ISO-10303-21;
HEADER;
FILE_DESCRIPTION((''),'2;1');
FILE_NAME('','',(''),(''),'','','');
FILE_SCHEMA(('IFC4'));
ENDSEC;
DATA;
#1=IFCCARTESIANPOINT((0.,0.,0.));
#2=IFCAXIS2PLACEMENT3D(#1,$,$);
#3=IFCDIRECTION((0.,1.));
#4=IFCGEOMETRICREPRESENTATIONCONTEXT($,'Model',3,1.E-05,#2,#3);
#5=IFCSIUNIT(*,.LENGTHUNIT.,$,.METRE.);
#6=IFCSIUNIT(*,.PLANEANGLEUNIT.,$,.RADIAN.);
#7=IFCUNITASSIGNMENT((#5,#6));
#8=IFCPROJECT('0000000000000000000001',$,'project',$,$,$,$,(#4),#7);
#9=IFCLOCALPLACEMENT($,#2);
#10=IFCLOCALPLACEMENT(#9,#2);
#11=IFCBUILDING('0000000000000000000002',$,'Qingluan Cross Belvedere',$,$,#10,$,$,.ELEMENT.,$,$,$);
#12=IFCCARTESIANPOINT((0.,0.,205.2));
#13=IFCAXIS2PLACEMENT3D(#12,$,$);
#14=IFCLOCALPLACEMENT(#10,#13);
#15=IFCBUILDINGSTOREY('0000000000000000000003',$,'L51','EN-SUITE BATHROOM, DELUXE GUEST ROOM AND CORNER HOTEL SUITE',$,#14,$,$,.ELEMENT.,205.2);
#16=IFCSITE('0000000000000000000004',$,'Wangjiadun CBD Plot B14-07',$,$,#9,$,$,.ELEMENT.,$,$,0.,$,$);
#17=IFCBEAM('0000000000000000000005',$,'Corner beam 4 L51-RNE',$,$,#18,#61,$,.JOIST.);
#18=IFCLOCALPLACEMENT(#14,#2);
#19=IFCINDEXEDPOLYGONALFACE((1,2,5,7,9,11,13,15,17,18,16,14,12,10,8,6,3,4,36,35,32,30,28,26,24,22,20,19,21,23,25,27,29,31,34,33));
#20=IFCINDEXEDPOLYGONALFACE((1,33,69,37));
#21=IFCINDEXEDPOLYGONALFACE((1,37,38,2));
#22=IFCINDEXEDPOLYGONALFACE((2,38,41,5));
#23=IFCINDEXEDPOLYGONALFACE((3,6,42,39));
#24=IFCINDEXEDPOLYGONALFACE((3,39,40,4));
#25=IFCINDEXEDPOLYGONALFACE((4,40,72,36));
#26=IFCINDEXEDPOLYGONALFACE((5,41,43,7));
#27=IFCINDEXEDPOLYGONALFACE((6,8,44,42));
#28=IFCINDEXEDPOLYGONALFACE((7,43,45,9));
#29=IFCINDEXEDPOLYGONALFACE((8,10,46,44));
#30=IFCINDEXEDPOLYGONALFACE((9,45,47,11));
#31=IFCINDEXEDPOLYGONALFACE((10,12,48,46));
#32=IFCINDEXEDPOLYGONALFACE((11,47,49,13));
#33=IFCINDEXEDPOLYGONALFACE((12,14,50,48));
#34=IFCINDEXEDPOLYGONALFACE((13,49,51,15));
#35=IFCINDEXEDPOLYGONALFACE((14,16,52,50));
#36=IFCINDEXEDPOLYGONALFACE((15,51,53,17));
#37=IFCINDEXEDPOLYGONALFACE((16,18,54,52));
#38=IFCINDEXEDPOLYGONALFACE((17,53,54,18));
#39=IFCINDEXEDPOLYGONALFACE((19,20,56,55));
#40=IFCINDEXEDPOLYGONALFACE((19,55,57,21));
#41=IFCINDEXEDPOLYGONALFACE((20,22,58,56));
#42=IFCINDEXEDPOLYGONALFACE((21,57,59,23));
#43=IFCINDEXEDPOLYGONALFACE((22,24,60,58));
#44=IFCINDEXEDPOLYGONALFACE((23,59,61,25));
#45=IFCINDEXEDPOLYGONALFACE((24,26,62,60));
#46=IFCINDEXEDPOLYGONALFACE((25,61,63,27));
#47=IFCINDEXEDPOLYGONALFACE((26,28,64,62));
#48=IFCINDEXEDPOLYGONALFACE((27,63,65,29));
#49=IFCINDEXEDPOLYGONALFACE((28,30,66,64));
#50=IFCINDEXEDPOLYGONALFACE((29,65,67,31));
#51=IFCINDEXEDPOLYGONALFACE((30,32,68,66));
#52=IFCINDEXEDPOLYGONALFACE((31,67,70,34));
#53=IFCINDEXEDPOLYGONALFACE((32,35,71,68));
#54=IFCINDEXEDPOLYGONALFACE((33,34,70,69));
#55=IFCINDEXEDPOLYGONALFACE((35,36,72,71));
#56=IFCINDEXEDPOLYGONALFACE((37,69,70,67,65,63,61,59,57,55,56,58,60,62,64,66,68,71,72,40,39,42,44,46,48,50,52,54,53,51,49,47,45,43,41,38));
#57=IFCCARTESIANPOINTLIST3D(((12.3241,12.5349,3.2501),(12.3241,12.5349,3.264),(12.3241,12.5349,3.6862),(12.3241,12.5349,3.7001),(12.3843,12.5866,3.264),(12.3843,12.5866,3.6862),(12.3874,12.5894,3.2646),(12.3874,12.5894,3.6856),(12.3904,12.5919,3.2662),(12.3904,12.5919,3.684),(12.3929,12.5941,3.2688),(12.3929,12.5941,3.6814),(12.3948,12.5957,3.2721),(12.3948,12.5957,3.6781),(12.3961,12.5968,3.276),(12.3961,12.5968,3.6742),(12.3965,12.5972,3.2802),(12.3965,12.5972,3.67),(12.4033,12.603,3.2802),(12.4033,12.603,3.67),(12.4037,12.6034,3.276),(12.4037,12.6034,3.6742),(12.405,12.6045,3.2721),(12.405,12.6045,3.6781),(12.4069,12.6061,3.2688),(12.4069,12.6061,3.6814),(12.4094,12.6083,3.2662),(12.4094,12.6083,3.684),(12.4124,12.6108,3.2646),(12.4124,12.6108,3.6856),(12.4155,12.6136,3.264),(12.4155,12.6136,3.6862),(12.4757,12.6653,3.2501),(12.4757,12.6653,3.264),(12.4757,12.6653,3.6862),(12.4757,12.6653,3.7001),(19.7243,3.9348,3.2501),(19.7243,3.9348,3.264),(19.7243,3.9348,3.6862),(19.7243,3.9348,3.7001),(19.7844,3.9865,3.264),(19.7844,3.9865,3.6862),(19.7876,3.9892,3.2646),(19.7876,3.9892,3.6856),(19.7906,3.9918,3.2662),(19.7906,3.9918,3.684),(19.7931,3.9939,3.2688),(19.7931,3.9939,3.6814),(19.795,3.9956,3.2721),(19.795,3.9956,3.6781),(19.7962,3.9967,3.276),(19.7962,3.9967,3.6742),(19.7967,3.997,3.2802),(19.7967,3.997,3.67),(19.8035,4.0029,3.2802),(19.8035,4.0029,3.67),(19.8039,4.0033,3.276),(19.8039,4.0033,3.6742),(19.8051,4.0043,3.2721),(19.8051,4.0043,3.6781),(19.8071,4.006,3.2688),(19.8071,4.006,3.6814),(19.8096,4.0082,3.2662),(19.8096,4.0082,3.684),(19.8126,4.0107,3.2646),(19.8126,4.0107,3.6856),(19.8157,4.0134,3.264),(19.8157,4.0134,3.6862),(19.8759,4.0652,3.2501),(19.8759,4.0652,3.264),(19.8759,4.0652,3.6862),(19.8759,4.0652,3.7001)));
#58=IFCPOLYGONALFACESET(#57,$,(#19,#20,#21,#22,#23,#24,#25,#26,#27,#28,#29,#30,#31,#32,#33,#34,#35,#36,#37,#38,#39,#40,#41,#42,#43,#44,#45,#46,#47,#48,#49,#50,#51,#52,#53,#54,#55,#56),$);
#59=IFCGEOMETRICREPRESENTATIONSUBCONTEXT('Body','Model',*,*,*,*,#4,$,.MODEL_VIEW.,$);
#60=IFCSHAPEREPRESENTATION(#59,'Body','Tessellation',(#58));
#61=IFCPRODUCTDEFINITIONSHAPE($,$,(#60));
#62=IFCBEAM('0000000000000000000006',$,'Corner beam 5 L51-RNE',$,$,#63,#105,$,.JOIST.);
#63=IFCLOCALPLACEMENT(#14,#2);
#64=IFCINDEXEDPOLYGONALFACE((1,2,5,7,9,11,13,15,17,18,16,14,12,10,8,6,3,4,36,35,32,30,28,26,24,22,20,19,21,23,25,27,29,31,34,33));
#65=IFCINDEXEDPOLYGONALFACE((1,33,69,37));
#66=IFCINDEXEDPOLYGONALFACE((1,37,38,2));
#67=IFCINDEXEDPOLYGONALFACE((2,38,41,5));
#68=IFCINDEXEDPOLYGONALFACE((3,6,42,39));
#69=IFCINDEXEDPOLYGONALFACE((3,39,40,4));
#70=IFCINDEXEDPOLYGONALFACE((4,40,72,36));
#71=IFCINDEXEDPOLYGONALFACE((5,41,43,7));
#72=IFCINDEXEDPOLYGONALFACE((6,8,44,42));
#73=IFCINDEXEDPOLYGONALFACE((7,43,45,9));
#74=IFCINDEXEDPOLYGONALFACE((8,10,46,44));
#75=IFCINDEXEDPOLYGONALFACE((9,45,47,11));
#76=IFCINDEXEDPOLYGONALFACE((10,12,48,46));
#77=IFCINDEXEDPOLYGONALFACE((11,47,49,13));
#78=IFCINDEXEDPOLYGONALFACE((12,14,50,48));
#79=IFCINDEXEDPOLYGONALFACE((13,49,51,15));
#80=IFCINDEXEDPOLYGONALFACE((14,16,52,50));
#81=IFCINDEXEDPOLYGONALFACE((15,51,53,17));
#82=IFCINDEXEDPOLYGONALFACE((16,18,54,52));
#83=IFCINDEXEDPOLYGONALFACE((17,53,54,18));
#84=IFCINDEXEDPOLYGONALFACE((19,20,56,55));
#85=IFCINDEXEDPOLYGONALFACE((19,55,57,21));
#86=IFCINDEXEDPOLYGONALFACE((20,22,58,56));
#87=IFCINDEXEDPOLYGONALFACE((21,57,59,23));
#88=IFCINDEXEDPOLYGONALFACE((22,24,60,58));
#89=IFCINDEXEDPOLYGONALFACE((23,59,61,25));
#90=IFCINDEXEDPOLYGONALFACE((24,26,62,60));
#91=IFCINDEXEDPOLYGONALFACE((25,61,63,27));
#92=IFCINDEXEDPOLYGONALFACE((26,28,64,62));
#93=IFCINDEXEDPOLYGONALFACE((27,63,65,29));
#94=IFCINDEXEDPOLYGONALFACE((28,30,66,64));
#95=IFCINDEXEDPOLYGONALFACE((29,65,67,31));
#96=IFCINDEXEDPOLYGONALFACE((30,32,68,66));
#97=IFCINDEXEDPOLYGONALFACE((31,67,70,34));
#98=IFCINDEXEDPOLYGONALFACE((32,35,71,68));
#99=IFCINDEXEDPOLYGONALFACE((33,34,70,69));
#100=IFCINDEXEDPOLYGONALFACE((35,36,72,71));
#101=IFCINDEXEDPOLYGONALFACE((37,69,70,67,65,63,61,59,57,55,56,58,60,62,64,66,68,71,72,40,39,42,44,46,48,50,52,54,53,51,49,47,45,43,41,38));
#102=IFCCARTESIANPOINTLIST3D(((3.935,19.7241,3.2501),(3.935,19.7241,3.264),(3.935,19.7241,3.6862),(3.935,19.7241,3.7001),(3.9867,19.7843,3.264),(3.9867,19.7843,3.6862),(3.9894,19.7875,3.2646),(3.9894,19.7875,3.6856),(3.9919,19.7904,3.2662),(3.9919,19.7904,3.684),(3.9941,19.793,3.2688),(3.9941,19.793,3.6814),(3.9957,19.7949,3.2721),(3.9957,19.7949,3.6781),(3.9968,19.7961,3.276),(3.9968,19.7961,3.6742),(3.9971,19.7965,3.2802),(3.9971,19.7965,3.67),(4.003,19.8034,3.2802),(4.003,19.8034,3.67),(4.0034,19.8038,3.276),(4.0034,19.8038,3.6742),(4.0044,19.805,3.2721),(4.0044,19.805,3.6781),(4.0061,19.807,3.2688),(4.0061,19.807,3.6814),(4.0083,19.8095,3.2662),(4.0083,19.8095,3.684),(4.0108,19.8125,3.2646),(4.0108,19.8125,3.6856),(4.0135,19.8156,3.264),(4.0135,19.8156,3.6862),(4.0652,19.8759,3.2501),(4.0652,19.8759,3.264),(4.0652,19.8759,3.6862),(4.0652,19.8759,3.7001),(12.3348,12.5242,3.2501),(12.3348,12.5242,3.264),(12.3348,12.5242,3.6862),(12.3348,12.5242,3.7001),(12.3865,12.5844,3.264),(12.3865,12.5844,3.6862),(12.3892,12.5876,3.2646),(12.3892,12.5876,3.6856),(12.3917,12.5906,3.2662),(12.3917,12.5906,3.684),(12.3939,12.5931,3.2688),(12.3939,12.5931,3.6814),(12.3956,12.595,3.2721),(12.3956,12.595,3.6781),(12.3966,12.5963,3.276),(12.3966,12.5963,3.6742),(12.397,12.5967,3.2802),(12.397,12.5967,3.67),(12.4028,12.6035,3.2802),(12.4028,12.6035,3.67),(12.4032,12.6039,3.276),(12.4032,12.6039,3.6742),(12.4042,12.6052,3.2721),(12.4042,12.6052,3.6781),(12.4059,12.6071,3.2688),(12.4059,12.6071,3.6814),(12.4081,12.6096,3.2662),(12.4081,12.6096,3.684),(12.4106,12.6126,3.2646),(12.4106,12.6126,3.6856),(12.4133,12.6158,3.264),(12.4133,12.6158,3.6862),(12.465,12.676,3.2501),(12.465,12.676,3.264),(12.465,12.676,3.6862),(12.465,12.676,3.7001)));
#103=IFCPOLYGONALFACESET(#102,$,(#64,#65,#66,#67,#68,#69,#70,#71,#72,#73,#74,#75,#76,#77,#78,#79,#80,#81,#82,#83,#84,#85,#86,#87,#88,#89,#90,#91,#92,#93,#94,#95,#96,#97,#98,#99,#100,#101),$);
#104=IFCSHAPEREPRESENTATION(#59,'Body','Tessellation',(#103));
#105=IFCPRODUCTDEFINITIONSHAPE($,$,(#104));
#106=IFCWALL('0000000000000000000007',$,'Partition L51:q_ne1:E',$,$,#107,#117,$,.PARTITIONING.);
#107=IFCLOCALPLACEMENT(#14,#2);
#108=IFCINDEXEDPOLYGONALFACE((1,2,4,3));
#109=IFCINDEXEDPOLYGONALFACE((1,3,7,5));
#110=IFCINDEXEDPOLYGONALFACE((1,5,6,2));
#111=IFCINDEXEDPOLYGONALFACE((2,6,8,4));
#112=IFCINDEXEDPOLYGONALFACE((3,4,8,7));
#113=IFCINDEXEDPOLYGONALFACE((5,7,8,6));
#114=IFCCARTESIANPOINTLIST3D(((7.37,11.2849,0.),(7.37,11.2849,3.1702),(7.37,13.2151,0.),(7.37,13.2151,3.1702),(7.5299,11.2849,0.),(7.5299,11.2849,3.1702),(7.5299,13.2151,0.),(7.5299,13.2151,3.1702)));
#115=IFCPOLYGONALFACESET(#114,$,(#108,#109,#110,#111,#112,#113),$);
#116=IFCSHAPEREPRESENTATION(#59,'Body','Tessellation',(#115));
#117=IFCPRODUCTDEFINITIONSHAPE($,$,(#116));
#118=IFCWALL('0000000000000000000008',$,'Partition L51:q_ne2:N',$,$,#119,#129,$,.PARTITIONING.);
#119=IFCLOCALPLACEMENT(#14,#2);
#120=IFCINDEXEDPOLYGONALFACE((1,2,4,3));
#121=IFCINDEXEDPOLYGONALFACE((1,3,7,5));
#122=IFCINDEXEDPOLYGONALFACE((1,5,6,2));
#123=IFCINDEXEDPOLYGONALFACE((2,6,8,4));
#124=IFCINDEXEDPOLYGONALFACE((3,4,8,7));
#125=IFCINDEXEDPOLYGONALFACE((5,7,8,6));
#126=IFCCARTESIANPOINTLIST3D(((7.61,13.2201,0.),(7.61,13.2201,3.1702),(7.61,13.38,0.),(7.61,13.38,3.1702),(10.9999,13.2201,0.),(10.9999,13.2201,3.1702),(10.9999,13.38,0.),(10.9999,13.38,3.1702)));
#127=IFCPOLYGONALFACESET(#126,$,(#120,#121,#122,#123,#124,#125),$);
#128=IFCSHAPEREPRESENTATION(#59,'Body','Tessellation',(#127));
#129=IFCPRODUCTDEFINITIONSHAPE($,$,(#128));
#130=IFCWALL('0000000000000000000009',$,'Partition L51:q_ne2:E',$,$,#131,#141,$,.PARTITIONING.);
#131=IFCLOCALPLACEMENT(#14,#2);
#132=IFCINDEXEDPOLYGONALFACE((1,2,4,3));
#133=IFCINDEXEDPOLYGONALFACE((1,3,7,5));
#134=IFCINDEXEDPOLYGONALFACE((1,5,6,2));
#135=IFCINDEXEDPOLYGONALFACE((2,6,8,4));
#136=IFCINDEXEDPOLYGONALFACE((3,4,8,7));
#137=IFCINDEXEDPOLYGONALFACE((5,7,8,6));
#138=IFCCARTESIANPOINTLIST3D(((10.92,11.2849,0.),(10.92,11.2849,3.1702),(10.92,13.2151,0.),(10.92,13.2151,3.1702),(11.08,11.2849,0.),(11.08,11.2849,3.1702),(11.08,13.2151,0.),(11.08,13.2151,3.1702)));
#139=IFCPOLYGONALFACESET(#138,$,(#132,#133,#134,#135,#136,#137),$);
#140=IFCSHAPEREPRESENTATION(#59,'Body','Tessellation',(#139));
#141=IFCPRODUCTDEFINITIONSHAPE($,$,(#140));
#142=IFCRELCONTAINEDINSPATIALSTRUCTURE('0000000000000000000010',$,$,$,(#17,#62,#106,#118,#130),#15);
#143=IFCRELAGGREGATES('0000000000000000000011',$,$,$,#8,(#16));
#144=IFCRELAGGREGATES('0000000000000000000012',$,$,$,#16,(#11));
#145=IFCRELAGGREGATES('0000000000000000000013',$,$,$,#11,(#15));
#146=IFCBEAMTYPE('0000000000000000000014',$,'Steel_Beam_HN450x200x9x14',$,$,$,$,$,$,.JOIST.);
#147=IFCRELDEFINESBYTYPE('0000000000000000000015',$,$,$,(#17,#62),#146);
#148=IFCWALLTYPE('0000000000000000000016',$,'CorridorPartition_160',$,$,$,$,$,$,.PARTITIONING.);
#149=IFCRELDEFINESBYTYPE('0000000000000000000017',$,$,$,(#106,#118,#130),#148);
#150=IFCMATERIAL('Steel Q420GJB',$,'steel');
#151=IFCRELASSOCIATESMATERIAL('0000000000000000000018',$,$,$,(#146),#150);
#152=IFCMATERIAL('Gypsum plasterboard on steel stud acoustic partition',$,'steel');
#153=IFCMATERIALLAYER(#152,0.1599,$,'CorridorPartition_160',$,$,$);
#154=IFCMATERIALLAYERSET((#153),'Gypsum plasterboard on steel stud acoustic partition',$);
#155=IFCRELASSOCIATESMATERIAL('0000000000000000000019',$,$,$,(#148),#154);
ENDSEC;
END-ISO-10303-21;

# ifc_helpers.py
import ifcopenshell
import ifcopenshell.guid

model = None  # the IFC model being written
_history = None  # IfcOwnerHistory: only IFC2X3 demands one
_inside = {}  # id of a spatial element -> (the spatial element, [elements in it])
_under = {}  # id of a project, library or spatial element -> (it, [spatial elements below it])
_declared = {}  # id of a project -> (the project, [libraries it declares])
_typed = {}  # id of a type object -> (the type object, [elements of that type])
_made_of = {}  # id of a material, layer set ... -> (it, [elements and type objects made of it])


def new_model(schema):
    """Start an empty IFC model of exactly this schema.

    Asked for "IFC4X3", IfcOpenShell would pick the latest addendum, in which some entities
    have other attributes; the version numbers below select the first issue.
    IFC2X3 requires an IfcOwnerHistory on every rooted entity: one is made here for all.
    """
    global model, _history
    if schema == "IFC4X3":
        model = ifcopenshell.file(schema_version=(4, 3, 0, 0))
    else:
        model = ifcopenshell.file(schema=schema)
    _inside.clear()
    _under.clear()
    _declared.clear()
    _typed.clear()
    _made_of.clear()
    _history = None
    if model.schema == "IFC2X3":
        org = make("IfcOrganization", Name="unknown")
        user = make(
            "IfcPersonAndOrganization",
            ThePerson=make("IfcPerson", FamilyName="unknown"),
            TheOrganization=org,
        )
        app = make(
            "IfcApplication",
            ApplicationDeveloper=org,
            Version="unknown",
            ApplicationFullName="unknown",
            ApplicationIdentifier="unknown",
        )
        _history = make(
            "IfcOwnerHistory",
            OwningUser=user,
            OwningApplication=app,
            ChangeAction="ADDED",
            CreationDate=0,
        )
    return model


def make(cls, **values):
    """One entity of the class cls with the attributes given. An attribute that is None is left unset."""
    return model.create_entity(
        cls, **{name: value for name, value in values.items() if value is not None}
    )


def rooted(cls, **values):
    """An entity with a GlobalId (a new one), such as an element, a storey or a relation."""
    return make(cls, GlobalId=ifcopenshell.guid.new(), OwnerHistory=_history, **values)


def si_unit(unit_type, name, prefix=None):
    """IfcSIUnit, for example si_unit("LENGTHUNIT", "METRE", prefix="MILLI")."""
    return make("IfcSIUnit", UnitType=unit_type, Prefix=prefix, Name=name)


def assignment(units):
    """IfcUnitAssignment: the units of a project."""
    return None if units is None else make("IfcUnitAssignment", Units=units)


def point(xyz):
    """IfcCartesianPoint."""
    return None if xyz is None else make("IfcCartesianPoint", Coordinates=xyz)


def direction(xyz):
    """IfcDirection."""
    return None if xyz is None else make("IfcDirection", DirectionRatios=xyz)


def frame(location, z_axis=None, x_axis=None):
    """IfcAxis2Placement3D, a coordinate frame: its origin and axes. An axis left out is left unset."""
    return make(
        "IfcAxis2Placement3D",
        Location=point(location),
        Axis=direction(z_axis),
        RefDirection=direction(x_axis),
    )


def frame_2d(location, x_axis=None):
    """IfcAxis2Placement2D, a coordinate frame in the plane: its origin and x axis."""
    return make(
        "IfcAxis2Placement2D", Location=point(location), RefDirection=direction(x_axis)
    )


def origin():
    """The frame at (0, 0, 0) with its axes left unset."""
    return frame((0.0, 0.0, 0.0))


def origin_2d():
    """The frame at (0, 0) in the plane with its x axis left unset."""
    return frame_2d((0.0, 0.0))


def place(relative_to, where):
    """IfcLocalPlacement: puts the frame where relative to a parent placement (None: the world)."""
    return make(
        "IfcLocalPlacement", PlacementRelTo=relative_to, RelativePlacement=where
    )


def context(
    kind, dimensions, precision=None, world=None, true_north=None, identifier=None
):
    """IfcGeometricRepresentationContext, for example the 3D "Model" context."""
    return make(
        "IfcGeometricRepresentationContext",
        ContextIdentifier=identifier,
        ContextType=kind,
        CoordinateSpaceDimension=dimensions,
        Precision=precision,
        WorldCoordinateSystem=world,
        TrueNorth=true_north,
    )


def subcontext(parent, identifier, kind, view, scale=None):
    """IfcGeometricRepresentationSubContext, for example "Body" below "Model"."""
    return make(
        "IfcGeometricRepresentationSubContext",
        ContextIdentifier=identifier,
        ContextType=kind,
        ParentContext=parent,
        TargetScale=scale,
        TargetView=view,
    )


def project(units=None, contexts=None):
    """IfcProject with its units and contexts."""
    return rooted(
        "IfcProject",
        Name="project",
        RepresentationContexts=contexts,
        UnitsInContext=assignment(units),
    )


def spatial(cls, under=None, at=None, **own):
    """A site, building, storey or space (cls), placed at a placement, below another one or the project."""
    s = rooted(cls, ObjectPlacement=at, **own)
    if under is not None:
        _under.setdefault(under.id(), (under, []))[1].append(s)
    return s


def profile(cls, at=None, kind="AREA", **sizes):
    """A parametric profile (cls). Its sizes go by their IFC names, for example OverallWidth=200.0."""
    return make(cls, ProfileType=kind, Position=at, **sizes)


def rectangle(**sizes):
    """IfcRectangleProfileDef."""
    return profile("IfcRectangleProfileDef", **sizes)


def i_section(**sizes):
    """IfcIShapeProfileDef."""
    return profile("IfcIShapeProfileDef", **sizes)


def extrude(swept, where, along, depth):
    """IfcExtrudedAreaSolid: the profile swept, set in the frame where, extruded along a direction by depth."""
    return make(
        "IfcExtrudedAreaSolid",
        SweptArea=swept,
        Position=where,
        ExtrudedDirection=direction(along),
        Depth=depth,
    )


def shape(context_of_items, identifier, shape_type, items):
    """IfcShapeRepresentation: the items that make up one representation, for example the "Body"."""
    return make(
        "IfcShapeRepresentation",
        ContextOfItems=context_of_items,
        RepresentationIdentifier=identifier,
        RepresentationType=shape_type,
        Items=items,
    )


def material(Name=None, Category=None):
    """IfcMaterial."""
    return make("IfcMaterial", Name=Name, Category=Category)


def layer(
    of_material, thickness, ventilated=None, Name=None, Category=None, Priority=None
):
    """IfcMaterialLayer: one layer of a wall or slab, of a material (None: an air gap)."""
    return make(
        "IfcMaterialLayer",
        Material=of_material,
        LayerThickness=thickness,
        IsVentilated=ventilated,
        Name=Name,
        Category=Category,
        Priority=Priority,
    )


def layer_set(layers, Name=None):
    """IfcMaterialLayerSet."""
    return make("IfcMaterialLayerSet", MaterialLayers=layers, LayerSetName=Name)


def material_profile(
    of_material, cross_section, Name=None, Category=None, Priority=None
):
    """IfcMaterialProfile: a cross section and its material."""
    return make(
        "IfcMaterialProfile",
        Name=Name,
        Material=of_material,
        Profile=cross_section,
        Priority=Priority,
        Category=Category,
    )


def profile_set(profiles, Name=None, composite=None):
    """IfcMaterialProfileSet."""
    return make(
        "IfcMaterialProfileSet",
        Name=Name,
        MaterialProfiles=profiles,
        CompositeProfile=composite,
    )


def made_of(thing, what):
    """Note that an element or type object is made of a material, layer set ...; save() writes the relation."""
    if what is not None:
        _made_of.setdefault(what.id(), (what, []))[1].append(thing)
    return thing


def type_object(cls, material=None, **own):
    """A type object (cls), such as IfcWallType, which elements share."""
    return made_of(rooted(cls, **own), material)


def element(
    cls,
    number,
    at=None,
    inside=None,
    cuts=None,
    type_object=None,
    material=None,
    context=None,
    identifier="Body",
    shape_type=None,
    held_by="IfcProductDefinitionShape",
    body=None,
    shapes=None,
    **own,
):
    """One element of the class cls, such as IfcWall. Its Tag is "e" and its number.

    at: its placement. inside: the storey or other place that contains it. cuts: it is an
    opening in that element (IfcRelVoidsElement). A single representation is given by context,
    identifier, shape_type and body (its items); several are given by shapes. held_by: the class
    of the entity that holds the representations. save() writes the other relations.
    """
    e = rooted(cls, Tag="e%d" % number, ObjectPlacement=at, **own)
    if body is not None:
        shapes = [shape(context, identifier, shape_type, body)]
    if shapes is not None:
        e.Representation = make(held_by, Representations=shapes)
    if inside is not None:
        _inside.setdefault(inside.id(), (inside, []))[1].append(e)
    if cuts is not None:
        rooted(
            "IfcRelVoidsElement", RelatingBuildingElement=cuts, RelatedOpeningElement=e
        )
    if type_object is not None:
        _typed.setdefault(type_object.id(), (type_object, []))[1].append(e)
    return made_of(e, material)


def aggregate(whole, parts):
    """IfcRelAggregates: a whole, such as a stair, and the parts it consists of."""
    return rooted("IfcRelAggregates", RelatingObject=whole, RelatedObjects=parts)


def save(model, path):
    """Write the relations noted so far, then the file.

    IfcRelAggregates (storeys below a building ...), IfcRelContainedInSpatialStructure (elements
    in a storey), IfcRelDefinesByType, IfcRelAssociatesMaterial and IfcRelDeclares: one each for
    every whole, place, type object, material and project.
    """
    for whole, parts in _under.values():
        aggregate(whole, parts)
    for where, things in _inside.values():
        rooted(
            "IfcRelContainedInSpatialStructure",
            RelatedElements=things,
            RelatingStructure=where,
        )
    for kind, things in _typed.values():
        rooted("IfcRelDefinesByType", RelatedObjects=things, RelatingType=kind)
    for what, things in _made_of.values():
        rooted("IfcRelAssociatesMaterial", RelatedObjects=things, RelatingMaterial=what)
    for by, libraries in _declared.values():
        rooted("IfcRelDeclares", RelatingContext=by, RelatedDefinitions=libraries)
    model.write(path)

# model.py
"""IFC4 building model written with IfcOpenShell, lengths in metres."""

from ifc_helpers import new_model, si_unit, direction, frame, frame_2d, origin, origin_2d, place, context, subcontext, project, spatial, rectangle, i_section, extrude, material, layer, layer_set, material_profile, profile_set, type_object, element, save


model = new_model("IFC4")

# Units and contexts
model_context = context("Model", 3, precision=1e-05, world=origin(), true_north=direction((0.0, 1.0)))
body_context = subcontext(model_context, "Body", "Model", "MODEL_VIEW")
ifc_project = project(units=[si_unit("LENGTHUNIT", "METRE"), si_unit("PLANEANGLEUNIT", "RADIAN")], contexts=[model_context])

# Site, building, storey
site_placement = place(None, origin())
site = spatial("IfcSite", under=ifc_project, at=site_placement, Name="Wangjiadun CBD Plot B14-07", CompositionType="ELEMENT", RefElevation=0.0)
building_placement = place(site_placement, origin())
building = spatial("IfcBuilding", under=site, at=building_placement, Name="Qingluan Cross Belvedere", CompositionType="ELEMENT")
storey_placement = place(building_placement, frame((0.0, 0.0, 205.2)))
storey = spatial("IfcBuildingStorey", under=building, at=storey_placement, Name="L51", Description="EN-SUITE BATHROOM, DELUXE GUEST ROOM AND CORNER HOTEL SUITE", CompositionType="ELEMENT", Elevation=205.2)

# Beams
ifc_material_1 = material(Name="Steel Q420GJB", Category="steel")
ifc_material_profile_1 = material_profile(ifc_material_1, i_section(OverallWidth=0.2, OverallDepth=0.45, WebThickness=0.009, FlangeThickness=0.0139, FilletRadius=0.0161, at=origin_2d()), Name="HN450x200x9x14")
ifc_profile_set_1 = profile_set([ifc_material_profile_1], Name="Steel Q420GJB")
beam_type = type_object("IfcBeamType", Name="Steel_Beam_HN450x200x9x14", PredefinedType="JOIST", material=ifc_profile_set_1)
beam_1_placement = place(storey_placement, frame((12.3999, 12.6001, 3.4751), z_axis=(0.652245, -0.758008, 0.0), x_axis=(0.758008, 0.652245, 0.0)))
element("IfcBeam", 1, at=beam_1_placement, inside=storey, type_object=beam_type, Name="Corner beam 4 L51-RNE", PredefinedType="JOIST", context=body_context, shape_type="SweptSolid", body=[
    extrude(i_section(OverallWidth=0.2, OverallDepth=0.45, WebThickness=0.009, FlangeThickness=0.0139, FilletRadius=0.0161, at=origin_2d()), origin(), (0.0, 0.0, 1.0), 11.3457),
])
beam_2_placement = place(storey_placement, frame((12.3999, 12.6001, 3.4751), z_axis=(-0.759255, 0.650793, 0.0), x_axis=(-0.650793, -0.759255, 0.0)))
element("IfcBeam", 2, at=beam_2_placement, inside=storey, type_object=beam_type, Name="Corner beam 5 L51-RNE", PredefinedType="JOIST", context=body_context, shape_type="SweptSolid", body=[
    extrude(i_section(OverallWidth=0.2, OverallDepth=0.45, WebThickness=0.009, FlangeThickness=0.0139, FilletRadius=0.0161, at=origin_2d()), origin(), (0.0, 0.0, 1.0), 11.0632),
])

# Wall
ifc_material_2 = material(Name="Gypsum plasterboard on steel stud acoustic partition", Category="steel")
ifc_layer_1 = layer(ifc_material_2, 0.1599, Name="CorridorPartition_160")
ifc_layer_set_1 = layer_set([ifc_layer_1], Name="Gypsum plasterboard on steel stud acoustic partition")
wall_type_1 = type_object("IfcWallType", Name="CorridorPartition_160", PredefinedType="PARTITIONING", material=ifc_layer_set_1)
wall_1_placement = place(storey_placement, frame((7.45, 11.2849, 0.0), z_axis=(0.0, 0.0, 1.0), x_axis=(0.0, 1.0, 0.0)))
element("IfcWall", 3, at=wall_1_placement, inside=storey, type_object=wall_type_1, Name="Partition L51:q_ne1:E", PredefinedType="PARTITIONING", context=body_context, shape_type="SweptSolid", body=[
    extrude(rectangle(XDim=1.9302, YDim=0.1599, at=frame_2d((0.9651, 0.0))), origin(), (0.0, 0.0, 1.0), 3.1702),
])

# Walls
wall_2_placement = place(storey_placement, frame((7.6101, 13.3, 0.0), z_axis=(0.0, 0.0, 1.0), x_axis=(1.0, 0.0, 0.0)))
element("IfcWall", 4, at=wall_2_placement, inside=storey, type_object=wall_type_1, Name="Partition L51:q_ne2:N", PredefinedType="PARTITIONING", context=body_context, shape_type="SweptSolid", body=[
    extrude(rectangle(XDim=3.3899, YDim=0.1599, at=frame_2d((1.6948, 0.0))), origin(), (0.0, 0.0, 1.0), 3.1702),
])
wall_3_placement = place(storey_placement, frame((11.0, 11.2849, 0.0), z_axis=(0.0, 0.0, 1.0), x_axis=(0.0, 1.0, 0.0)))
element("IfcWall", 5, at=wall_3_placement, inside=storey, type_object=wall_type_1, Name="Partition L51:q_ne2:E", PredefinedType="PARTITIONING", context=body_context, shape_type="SweptSolid", body=[
    extrude(rectangle(XDim=1.9302, YDim=0.1599, at=frame_2d((0.9651, 0.0))), origin(), (0.0, 0.0, 1.0), 3.1702),
])

save(model, "model.ifc")
